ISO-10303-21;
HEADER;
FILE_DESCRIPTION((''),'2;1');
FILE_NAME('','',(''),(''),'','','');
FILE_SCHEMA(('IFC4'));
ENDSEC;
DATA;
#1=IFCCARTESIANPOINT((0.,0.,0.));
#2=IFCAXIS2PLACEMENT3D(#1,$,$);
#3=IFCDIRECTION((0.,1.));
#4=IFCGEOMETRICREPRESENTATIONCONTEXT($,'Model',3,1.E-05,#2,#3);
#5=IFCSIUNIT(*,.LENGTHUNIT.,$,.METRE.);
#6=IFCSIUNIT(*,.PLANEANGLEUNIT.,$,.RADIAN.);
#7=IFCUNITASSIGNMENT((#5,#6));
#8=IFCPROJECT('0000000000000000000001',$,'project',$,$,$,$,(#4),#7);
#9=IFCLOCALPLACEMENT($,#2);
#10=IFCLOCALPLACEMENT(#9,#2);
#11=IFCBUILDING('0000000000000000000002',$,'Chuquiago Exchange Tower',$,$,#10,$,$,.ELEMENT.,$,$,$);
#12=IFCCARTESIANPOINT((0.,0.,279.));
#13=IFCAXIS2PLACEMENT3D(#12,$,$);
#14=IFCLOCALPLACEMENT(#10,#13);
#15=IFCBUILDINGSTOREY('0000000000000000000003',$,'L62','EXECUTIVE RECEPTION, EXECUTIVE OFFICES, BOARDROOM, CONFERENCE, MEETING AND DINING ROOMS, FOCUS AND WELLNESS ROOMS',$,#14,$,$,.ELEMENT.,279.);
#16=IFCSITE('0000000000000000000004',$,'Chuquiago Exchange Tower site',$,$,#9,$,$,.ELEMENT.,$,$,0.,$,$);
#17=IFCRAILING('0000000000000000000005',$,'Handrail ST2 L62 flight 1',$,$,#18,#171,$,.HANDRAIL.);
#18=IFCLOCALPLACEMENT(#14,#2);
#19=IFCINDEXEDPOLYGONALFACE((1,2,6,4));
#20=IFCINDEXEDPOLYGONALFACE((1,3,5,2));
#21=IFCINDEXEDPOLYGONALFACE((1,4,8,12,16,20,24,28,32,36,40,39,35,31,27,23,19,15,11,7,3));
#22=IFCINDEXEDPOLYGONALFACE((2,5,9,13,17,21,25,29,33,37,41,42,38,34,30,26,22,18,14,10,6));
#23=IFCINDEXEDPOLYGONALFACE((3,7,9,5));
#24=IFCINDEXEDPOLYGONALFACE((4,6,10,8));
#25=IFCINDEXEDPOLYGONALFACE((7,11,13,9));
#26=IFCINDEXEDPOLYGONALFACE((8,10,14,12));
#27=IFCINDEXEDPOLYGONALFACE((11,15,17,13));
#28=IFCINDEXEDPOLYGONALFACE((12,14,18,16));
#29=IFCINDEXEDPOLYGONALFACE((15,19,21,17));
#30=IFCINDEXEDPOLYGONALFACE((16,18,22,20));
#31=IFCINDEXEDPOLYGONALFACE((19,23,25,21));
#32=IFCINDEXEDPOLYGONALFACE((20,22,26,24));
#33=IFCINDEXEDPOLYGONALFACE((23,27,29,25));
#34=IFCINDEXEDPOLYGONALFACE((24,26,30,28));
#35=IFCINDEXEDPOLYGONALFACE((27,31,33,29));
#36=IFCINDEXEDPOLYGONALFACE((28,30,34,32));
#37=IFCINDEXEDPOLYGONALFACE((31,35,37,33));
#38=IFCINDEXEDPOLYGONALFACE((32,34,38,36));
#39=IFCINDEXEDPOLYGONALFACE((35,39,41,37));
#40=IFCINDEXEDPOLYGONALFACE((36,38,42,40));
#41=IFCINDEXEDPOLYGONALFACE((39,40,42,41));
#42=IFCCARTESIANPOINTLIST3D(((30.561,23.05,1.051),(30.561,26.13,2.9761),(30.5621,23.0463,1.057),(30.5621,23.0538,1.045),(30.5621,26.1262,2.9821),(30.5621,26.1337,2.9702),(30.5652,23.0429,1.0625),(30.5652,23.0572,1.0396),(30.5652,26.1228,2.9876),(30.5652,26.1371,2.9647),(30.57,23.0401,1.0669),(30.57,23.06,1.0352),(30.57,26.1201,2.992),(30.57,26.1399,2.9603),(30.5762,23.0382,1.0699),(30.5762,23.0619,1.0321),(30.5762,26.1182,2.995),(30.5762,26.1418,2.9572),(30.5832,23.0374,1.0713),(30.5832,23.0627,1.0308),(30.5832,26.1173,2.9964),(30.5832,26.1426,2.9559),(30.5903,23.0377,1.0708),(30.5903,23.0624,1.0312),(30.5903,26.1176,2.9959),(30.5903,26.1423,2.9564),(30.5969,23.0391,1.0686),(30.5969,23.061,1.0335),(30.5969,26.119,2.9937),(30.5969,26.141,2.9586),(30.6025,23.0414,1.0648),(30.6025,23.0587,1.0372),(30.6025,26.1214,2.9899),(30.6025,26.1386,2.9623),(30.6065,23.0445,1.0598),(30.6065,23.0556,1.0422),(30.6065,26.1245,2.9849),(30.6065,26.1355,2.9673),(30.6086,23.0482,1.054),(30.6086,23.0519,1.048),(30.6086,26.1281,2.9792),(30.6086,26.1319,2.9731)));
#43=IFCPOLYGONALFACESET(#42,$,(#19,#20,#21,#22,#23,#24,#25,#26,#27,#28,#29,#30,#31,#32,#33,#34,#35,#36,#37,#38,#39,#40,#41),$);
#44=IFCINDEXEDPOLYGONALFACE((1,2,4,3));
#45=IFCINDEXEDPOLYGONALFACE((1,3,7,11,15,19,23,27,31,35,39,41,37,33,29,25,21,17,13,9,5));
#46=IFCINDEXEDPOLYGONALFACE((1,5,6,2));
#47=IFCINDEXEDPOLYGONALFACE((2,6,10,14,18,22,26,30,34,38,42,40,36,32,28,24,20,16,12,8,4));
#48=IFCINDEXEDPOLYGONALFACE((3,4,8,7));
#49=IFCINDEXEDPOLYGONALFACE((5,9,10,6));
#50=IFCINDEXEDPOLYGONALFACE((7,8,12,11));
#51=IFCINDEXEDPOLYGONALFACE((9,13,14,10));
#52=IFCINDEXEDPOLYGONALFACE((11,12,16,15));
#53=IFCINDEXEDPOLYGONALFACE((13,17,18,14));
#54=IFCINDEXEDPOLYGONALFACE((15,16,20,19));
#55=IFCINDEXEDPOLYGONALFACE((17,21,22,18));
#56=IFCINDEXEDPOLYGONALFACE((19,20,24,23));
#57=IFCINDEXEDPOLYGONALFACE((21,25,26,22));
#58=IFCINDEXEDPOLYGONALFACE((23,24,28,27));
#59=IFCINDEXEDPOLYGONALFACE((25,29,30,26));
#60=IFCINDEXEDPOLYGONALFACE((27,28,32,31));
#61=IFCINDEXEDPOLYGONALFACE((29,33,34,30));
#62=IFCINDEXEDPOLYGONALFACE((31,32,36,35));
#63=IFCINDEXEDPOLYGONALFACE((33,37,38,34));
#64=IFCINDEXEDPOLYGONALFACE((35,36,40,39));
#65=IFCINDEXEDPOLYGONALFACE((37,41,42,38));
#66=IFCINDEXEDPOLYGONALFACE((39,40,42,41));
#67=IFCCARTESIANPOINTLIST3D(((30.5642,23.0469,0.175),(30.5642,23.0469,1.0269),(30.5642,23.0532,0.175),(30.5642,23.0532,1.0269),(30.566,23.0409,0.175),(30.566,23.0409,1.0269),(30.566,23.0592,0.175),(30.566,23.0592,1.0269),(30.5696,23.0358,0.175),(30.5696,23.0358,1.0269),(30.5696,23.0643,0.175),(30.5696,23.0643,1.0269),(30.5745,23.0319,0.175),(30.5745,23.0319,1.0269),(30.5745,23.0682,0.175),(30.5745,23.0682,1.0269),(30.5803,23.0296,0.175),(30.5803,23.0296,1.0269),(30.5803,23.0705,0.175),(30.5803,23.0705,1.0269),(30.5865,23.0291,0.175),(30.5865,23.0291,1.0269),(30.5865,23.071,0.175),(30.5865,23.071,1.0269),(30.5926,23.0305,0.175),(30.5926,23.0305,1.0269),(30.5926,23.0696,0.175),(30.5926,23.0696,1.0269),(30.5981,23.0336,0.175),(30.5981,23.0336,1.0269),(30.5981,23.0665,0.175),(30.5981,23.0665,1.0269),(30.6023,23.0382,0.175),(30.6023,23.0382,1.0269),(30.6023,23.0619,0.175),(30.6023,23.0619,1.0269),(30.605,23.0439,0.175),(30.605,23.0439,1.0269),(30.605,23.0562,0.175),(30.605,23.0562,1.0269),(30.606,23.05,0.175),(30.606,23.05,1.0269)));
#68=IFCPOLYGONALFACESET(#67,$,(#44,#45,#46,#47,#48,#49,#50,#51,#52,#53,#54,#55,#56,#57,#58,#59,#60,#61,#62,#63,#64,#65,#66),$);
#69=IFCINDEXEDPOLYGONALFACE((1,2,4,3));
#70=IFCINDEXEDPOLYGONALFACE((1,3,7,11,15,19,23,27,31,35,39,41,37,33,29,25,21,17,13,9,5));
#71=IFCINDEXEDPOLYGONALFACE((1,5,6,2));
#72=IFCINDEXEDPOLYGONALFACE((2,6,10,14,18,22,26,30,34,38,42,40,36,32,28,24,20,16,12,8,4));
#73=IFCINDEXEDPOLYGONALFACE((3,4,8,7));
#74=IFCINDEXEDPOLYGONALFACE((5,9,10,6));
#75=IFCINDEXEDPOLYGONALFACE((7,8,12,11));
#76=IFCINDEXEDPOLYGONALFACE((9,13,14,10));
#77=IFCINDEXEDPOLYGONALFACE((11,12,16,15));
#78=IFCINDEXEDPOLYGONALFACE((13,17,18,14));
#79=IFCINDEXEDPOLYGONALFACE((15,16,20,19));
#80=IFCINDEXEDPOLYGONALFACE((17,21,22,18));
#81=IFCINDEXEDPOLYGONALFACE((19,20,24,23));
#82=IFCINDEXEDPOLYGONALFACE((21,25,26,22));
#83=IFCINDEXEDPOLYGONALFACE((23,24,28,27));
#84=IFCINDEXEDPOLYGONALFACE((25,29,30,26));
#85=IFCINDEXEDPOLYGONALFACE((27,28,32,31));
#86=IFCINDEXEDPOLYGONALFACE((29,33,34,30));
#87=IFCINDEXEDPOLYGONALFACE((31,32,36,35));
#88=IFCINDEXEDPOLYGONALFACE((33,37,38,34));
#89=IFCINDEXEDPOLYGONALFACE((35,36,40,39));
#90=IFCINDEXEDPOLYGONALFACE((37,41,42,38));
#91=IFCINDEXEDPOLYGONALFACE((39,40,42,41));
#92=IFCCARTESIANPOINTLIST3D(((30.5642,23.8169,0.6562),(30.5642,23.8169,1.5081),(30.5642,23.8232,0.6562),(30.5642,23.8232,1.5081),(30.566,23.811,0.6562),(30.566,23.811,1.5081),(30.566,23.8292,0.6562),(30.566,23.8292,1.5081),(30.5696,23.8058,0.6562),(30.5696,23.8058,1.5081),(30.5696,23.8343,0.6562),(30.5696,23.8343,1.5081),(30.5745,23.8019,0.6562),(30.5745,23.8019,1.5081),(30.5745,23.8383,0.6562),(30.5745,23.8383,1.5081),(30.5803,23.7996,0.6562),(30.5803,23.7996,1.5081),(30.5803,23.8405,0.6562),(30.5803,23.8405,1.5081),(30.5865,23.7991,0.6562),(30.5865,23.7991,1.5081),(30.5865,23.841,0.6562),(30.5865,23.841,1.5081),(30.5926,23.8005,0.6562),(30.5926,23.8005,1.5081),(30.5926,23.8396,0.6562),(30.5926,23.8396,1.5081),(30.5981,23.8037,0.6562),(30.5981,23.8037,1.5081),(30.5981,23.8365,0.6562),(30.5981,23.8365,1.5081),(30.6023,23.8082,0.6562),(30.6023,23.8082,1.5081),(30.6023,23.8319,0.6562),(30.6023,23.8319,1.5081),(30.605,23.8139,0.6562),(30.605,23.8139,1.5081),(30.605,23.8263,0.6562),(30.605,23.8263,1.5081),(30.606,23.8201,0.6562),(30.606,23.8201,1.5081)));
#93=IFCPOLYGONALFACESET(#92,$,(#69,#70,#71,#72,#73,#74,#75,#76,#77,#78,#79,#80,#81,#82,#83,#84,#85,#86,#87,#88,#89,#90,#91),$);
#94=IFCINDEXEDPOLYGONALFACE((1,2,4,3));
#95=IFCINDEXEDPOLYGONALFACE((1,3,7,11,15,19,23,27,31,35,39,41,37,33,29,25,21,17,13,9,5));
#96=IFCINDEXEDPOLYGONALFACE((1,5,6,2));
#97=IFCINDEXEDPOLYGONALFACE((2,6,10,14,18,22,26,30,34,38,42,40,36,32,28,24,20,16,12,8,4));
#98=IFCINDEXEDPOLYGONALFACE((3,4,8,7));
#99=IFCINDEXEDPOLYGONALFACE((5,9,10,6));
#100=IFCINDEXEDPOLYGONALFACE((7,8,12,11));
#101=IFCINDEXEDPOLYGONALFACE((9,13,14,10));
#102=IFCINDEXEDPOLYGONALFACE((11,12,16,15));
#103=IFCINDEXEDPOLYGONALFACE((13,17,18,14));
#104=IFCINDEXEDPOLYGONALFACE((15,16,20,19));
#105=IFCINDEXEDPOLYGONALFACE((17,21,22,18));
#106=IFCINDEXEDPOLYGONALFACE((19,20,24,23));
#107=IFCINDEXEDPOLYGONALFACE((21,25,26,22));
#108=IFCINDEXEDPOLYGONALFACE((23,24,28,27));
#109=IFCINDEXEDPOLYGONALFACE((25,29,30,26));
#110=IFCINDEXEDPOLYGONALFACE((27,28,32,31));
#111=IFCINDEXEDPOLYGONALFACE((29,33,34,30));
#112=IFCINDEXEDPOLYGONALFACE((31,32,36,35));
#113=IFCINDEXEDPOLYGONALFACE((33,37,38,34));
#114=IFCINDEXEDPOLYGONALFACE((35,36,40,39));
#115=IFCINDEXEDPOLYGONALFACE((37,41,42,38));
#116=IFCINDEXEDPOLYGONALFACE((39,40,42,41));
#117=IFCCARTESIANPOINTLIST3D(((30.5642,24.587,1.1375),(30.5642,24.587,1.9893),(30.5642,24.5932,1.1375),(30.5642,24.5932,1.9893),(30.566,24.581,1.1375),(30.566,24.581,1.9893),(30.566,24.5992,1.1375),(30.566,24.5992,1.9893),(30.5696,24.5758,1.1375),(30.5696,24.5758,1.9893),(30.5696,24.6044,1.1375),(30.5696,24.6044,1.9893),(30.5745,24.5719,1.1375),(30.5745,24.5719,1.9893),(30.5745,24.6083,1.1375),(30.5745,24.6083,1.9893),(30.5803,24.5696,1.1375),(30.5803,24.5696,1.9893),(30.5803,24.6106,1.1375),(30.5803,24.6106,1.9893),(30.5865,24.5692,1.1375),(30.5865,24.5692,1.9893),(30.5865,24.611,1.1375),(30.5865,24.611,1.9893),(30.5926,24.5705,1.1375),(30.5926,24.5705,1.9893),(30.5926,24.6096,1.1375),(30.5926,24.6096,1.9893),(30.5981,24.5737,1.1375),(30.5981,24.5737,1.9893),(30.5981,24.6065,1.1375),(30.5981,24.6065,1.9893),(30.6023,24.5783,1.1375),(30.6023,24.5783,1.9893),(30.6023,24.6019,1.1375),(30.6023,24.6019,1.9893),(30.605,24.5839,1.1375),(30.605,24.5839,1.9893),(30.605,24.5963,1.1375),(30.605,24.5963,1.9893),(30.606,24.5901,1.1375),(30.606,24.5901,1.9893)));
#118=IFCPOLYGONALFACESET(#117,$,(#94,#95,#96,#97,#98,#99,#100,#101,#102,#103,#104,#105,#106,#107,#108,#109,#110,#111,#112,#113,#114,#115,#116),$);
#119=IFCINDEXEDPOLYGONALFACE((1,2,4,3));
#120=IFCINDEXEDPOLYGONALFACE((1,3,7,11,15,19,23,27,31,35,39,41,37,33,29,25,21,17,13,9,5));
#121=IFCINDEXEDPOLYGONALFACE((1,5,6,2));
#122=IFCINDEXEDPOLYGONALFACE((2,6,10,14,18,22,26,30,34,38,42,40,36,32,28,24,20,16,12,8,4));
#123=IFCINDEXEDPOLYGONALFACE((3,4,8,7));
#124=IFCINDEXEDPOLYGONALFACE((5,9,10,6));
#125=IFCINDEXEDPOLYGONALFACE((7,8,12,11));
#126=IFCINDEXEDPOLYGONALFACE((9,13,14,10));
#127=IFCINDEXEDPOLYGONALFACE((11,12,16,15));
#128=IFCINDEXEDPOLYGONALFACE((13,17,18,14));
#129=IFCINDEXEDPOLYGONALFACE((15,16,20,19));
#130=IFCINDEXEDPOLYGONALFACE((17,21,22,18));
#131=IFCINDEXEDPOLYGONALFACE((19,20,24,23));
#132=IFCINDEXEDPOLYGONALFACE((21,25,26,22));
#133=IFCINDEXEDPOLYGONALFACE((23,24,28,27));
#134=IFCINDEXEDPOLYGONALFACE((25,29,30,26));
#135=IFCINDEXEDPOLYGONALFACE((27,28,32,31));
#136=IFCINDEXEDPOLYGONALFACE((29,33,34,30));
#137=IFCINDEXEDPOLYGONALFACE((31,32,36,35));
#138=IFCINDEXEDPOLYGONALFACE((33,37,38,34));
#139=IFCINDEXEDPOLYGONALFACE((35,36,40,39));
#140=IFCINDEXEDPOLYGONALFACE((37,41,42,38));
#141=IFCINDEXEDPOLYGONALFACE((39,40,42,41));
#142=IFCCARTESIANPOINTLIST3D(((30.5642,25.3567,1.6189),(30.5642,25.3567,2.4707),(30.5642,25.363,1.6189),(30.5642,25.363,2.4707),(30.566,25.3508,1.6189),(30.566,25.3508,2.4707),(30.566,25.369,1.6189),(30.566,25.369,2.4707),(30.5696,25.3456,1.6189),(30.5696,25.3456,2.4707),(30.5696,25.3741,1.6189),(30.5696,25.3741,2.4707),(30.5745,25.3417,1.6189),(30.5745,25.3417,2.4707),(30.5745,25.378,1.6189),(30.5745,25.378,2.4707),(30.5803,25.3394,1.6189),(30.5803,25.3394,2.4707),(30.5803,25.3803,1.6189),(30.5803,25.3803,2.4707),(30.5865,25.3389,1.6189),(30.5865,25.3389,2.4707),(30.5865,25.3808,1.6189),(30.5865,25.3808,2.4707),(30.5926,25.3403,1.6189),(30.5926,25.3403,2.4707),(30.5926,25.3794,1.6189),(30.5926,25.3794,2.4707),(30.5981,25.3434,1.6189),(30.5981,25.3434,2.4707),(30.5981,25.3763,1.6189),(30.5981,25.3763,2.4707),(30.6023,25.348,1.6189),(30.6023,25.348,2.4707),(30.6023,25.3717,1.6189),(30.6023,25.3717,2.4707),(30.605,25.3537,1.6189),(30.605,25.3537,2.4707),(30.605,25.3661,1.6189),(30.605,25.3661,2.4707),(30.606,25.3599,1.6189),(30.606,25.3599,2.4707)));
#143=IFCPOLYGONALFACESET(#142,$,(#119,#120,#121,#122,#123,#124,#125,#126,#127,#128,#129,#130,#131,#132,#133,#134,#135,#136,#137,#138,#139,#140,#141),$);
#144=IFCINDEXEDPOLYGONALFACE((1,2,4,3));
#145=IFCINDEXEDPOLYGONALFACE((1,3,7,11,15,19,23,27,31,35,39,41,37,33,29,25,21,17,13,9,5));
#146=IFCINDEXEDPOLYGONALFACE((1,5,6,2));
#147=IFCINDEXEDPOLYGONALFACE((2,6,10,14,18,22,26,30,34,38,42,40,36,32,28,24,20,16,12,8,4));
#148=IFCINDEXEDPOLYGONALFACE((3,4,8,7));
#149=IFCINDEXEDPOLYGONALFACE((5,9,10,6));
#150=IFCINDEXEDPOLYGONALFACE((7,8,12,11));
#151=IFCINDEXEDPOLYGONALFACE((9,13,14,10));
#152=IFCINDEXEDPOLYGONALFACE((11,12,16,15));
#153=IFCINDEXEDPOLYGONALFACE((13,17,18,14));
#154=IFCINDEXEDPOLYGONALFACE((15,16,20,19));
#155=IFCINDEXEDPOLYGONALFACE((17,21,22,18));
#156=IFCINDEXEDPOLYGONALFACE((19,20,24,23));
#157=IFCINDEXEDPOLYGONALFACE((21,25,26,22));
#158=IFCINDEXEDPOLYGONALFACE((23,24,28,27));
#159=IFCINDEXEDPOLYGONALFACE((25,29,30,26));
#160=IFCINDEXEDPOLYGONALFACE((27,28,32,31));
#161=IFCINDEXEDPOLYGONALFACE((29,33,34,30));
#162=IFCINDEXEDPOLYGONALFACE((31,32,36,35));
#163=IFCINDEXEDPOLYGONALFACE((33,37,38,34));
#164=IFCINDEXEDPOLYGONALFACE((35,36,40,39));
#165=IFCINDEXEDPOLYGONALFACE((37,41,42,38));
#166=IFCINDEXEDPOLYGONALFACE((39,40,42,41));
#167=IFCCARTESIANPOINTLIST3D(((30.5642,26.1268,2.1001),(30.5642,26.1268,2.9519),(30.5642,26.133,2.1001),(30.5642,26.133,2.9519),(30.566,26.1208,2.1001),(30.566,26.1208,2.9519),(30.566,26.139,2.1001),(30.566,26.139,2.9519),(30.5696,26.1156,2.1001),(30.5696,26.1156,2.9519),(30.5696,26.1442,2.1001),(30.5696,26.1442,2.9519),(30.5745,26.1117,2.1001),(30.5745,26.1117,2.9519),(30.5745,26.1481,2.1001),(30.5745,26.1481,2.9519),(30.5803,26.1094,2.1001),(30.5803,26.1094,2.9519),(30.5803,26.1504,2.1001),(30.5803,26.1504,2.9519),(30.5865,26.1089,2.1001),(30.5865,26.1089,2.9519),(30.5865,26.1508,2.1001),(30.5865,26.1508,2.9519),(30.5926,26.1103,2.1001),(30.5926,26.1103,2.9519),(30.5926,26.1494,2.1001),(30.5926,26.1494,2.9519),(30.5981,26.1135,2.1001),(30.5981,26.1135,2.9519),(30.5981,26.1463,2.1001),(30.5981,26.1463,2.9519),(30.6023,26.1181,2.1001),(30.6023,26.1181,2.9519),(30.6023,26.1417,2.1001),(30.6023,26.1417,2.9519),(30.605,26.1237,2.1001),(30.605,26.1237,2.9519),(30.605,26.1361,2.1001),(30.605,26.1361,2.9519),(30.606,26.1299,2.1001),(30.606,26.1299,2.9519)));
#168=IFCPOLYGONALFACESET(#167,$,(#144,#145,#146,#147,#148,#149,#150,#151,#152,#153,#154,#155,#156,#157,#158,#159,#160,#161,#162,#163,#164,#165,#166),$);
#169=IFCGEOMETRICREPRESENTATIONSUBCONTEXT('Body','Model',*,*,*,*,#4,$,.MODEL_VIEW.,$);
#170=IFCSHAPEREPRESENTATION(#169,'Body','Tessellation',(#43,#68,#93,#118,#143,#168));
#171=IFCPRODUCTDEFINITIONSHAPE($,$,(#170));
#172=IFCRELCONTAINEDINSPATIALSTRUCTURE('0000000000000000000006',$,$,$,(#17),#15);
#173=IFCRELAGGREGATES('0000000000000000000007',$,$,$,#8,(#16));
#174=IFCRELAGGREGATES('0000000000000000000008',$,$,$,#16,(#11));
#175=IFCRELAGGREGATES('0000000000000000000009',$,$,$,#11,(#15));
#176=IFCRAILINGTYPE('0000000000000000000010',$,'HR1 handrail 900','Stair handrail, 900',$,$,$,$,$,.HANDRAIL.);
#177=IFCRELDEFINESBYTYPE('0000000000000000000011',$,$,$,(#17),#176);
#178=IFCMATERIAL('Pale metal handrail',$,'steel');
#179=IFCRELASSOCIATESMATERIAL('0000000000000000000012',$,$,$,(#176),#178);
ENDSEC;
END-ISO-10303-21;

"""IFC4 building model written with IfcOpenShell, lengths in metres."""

from ifc_helpers import new_model, si_unit, direction, frame, origin, origin_2d, place, context, subcontext, project, spatial, circle, extrude, material, type_object, element, save


model = new_model("IFC4")

# Units and contexts
model_context = context("Model", 3, precision=1e-05, world=origin(), true_north=direction((0.0, 1.0)))
body_context = subcontext(model_context, "Body", "Model", "MODEL_VIEW")
ifc_project = project(units=[si_unit("LENGTHUNIT", "METRE"), si_unit("PLANEANGLEUNIT", "RADIAN")], contexts=[model_context])

# Site, building, storey
site_placement = place(None, origin())
site = spatial("IfcSite", under=ifc_project, at=site_placement, Name="Chuquiago Exchange Tower site", CompositionType="ELEMENT", RefElevation=0.0)
building_placement = place(site_placement, origin())
building = spatial("IfcBuilding", under=site, at=building_placement, Name="Chuquiago Exchange Tower", CompositionType="ELEMENT")
storey_placement = place(building_placement, frame((0.0, 0.0, 279.0)))
storey = spatial("IfcBuildingStorey", under=building, at=storey_placement, Name="L62", Description="EXECUTIVE RECEPTION, EXECUTIVE OFFICES, BOARDROOM, CONFERENCE, MEETING AND DINING ROOMS, FOCUS AND WELLNESS ROOMS", CompositionType="ELEMENT", Elevation=279.0)

# Railing
ifc_material_1 = material(Name="Pale metal handrail", Category="steel")
railing_type_1 = type_object("IfcRailingType", Name="HR1 handrail 900", Description="Stair handrail, 900", PredefinedType="HANDRAIL", material=ifc_material_1)
railing_1_placement = place(storey_placement, frame((30.585, 23.05, 0.175)))
element("IfcRailing", 1, at=railing_1_placement, inside=storey, type_object=railing_type_1, Name="Handrail ST2 L62 flight 1", PredefinedType="HANDRAIL", context=body_context, shape_type="SweptSolid", body=[
    extrude(circle(Radius=0.0239, at=origin_2d()), frame((0.0, 0.0, 0.876), z_axis=(0.0, 0.847979, 0.530029), x_axis=(-1.0, 0.0, 0.0)), (0.0, 0.0, 1.0), 3.6321),
    extrude(circle(Radius=0.021, at=origin_2d()), origin(), (0.0, 0.0, 1.0), 0.8518),
    extrude(circle(Radius=0.021, at=origin_2d()), frame((0.0, 0.77, 0.4812)), (0.0, 0.0, 1.0), 0.8518),
    extrude(circle(Radius=0.021, at=origin_2d()), frame((0.0, 1.54, 0.9624)), (0.0, 0.0, 1.0), 0.8518),
    extrude(circle(Radius=0.021, at=origin_2d()), frame((0.0, 2.3098, 1.4438)), (0.0, 0.0, 1.0), 0.8518),
    extrude(circle(Radius=0.021, at=origin_2d()), frame((0.0, 3.0798, 1.925)), (0.0, 0.0, 1.0), 0.8518),
])

save(model, "model.ifc")
